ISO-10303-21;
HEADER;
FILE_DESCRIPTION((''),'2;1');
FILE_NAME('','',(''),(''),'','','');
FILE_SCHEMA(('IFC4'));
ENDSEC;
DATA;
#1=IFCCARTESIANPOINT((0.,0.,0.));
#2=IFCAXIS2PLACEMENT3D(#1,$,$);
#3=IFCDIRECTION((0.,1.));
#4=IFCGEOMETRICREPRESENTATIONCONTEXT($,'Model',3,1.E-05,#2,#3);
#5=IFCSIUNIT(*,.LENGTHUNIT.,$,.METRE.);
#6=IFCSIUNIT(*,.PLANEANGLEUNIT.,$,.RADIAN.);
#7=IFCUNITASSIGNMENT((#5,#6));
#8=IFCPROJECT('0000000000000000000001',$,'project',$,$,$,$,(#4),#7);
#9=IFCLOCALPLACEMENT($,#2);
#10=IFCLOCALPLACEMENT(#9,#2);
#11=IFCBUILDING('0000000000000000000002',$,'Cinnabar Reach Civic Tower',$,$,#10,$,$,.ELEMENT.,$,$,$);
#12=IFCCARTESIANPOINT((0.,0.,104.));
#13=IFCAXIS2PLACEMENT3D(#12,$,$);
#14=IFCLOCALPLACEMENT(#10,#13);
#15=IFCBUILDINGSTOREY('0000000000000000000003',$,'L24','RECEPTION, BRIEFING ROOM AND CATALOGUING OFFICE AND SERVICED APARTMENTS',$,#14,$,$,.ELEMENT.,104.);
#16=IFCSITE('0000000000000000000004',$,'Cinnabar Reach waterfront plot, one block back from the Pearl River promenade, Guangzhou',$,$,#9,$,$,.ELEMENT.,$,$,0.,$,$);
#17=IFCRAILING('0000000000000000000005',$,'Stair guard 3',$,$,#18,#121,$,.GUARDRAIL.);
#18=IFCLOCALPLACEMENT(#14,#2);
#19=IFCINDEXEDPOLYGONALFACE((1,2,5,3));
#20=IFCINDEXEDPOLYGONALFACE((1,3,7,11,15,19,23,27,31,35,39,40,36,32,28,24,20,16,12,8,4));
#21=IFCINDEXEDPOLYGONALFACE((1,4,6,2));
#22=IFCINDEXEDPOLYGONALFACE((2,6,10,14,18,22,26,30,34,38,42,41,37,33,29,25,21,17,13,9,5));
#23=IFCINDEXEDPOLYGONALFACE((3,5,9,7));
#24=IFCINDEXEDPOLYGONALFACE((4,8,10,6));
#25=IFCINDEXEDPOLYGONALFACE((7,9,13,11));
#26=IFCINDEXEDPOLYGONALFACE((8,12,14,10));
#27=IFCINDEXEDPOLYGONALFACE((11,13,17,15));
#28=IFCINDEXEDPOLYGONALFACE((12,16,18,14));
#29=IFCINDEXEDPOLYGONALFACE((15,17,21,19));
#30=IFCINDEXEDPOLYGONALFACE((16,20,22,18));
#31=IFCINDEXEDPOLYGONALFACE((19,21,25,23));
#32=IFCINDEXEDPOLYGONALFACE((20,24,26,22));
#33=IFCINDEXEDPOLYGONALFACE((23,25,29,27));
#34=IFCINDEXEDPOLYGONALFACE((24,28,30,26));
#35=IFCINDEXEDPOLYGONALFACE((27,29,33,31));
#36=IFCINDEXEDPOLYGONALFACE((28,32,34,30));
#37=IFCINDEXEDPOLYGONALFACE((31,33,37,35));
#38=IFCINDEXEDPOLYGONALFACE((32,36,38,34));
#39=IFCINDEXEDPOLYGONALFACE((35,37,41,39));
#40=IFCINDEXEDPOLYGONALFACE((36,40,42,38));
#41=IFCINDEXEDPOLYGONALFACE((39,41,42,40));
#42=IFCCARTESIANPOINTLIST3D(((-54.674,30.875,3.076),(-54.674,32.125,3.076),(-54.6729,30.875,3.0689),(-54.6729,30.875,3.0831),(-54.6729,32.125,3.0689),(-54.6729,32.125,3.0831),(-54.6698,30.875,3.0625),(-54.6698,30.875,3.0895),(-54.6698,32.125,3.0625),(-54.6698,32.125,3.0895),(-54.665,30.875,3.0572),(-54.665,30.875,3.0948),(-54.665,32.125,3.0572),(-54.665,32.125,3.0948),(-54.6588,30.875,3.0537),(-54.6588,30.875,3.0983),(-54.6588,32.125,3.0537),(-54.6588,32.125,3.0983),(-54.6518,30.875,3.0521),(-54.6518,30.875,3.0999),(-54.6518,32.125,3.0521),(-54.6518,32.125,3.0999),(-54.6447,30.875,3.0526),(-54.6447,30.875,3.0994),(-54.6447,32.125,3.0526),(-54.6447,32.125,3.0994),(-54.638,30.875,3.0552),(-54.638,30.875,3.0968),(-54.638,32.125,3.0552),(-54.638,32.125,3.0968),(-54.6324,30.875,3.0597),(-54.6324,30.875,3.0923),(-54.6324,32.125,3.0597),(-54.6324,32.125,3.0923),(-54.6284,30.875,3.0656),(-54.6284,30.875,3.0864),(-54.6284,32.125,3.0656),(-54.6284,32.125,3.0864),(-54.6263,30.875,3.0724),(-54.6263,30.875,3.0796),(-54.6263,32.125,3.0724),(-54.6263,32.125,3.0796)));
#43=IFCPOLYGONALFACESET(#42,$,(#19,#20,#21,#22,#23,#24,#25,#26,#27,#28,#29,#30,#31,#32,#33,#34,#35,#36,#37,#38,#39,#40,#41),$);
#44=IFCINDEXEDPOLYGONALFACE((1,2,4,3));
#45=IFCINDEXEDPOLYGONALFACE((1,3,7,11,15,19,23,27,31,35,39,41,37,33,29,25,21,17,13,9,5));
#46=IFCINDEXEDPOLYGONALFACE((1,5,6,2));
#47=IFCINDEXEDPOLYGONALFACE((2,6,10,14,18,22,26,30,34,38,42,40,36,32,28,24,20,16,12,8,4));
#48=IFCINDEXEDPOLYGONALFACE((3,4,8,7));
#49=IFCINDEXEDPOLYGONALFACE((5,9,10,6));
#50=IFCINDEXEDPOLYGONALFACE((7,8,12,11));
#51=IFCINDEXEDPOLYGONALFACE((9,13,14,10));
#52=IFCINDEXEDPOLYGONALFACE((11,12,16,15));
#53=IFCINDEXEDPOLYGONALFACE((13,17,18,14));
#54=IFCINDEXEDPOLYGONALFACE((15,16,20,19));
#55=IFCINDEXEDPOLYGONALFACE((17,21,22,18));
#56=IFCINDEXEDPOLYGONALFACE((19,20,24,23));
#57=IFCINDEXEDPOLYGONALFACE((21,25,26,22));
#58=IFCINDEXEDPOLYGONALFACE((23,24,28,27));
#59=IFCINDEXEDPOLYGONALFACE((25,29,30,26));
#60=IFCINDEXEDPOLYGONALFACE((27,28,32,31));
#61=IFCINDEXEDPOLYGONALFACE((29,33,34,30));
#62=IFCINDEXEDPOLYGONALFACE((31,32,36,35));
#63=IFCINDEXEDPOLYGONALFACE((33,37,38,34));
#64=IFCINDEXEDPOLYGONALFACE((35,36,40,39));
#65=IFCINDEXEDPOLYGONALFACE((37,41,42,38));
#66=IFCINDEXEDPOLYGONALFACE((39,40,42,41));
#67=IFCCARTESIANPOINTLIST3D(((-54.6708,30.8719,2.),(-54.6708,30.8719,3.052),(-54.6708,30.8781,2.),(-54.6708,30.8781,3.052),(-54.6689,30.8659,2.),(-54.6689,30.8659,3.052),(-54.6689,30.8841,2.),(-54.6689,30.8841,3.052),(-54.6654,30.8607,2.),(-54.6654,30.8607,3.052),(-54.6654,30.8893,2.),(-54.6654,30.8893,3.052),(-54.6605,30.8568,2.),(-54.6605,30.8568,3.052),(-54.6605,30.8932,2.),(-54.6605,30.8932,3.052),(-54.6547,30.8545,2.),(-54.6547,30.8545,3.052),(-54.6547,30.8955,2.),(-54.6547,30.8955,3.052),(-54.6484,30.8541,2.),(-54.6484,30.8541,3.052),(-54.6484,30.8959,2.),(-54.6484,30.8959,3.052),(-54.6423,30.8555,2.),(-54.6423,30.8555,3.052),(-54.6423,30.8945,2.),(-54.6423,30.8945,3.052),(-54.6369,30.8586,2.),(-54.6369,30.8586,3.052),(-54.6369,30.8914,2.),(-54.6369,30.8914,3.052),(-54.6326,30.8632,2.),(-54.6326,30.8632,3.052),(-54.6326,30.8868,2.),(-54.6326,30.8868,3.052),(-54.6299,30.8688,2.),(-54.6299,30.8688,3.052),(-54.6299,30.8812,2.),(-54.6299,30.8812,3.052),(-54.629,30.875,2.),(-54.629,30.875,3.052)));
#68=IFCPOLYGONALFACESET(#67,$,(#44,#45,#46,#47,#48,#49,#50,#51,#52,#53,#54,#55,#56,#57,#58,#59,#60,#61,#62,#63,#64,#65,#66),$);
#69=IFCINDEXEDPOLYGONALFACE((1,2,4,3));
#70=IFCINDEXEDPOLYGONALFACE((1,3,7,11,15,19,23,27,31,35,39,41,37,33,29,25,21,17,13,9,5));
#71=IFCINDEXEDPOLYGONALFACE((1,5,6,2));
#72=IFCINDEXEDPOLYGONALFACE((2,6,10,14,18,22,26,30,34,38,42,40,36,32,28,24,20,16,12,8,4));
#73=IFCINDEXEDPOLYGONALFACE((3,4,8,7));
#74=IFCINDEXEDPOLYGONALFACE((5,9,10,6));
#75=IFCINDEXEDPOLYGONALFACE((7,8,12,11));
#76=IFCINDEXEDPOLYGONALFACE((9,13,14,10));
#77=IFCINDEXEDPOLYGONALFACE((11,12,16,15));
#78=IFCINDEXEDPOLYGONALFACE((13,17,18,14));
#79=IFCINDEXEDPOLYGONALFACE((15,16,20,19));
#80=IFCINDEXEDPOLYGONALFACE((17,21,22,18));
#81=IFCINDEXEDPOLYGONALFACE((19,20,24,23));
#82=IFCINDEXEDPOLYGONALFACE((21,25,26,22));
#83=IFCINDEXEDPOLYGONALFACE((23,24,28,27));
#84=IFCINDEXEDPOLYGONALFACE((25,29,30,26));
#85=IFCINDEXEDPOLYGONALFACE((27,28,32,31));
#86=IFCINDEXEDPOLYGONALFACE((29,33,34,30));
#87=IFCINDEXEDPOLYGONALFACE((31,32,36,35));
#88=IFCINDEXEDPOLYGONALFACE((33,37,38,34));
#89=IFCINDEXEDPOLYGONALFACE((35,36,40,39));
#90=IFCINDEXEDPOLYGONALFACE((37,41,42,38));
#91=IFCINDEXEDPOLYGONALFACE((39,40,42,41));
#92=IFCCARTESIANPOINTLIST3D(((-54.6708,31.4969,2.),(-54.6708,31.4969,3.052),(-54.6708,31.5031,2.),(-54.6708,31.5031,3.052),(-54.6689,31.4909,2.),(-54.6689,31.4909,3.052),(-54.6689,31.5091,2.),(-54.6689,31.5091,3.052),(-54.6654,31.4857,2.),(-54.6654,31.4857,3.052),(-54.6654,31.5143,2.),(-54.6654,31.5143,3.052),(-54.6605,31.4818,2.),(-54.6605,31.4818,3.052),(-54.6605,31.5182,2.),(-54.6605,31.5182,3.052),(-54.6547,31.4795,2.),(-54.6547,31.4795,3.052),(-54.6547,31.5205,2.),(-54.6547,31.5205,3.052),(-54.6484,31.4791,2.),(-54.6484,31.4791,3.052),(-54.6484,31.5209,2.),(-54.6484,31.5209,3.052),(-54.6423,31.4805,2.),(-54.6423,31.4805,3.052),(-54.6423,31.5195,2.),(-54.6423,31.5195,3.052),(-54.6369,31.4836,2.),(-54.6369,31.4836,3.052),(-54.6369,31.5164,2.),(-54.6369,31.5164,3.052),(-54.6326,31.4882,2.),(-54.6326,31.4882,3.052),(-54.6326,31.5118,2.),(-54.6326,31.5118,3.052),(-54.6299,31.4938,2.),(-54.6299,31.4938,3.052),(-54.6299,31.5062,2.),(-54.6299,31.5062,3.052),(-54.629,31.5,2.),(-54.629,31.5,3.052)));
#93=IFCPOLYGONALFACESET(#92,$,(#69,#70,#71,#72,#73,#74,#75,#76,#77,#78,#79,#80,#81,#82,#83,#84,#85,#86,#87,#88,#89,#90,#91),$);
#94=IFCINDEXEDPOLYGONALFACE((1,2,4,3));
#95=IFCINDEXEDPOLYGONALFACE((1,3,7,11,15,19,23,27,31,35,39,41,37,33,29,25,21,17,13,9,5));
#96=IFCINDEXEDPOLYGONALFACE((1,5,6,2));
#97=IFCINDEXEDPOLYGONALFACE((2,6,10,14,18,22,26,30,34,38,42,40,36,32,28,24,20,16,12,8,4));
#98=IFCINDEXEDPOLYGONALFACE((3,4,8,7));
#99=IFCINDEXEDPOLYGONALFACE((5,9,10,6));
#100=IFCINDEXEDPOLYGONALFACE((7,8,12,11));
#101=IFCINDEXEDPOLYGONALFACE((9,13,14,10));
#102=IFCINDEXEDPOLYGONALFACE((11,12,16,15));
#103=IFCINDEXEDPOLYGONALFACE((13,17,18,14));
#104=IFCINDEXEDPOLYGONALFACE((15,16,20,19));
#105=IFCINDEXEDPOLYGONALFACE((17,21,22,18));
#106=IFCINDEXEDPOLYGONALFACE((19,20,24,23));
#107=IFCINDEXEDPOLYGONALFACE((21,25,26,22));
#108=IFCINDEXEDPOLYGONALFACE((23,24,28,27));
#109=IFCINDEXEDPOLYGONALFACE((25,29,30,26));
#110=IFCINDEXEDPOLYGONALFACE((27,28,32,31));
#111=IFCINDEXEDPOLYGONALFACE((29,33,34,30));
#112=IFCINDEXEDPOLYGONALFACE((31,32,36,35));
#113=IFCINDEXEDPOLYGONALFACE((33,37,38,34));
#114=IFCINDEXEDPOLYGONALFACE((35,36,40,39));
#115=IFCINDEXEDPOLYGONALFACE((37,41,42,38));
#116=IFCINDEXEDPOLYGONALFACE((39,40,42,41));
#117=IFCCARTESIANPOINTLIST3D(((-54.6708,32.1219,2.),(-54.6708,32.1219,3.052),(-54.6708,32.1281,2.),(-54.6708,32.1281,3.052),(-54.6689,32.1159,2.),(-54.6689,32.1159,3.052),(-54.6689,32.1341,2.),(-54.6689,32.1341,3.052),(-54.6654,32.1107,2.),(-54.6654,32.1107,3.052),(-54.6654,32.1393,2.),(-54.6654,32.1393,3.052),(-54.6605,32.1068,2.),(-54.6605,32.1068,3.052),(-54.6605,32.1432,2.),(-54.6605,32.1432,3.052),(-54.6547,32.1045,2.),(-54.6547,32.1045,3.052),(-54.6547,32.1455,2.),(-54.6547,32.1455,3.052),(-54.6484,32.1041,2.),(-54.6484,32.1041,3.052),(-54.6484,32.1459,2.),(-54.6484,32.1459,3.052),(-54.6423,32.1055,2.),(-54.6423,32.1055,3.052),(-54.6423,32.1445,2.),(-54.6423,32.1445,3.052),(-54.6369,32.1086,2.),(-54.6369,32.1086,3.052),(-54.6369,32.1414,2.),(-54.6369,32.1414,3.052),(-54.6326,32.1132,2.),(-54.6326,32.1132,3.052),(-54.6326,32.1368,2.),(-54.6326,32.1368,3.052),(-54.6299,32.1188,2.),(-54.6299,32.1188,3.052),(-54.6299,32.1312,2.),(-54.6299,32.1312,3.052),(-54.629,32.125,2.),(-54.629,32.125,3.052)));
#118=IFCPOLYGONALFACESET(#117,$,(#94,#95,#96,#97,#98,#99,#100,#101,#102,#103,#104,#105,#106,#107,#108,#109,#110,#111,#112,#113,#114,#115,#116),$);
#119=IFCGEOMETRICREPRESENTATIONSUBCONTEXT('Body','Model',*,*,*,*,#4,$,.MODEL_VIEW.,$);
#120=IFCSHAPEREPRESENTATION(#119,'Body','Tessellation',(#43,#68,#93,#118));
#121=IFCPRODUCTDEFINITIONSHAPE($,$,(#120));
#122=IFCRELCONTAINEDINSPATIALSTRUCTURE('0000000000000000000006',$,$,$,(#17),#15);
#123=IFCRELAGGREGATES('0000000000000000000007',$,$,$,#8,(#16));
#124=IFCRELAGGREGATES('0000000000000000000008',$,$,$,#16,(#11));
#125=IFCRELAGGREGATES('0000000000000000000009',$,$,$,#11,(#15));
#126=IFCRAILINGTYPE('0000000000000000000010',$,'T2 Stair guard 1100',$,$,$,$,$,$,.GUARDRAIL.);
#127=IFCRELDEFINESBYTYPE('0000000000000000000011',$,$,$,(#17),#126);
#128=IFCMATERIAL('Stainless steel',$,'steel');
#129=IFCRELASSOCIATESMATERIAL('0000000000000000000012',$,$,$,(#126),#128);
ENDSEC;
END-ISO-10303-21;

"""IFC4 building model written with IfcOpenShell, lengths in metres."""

from ifc_helpers import new_model, si_unit, direction, frame, origin, origin_2d, place, context, subcontext, project, spatial, circle, extrude, material, type_object, element, save


model = new_model("IFC4")

# Units and contexts
model_context = context("Model", 3, precision=1e-05, world=origin(), true_north=direction((0.0, 1.0)))
body_context = subcontext(model_context, "Body", "Model", "MODEL_VIEW")
ifc_project = project(units=[si_unit("LENGTHUNIT", "METRE"), si_unit("PLANEANGLEUNIT", "RADIAN")], contexts=[model_context])

# Site, building, storey
site_placement = place(None, origin())
site = spatial("IfcSite", under=ifc_project, at=site_placement, Name="Cinnabar Reach waterfront plot, one block back from the Pearl River promenade, Guangzhou", CompositionType="ELEMENT", RefElevation=0.0)
building_placement = place(site_placement, origin())
building = spatial("IfcBuilding", under=site, at=building_placement, Name="Cinnabar Reach Civic Tower", CompositionType="ELEMENT")
storey_placement = place(building_placement, frame((0.0, 0.0, 104.0)))
storey = spatial("IfcBuildingStorey", under=building, at=storey_placement, Name="L24", Description="RECEPTION, BRIEFING ROOM AND CATALOGUING OFFICE AND SERVICED APARTMENTS", CompositionType="ELEMENT", Elevation=104.0)

# Railing
ifc_material_1 = material(Name="Stainless steel", Category="steel")
railing_type = type_object("IfcRailingType", Name="T2 Stair guard 1100", PredefinedType="GUARDRAIL", material=ifc_material_1)
railing_1_placement = place(storey_placement, frame((-54.65, 30.875, 2.0)))
element("IfcRailing", 1, at=railing_1_placement, inside=storey, type_object=railing_type, Name="Stair guard 3", PredefinedType="GUARDRAIL", context=body_context, shape_type="SweptSolid", body=[
    extrude(circle(Radius=0.024, at=origin_2d()), frame((0.0, 0.0, 1.076), z_axis=(0.0, 1.0, 0.0), x_axis=(-1.0, 0.0, 0.0)), (0.0, 0.0, 1.0), 1.25),
    extrude(circle(Radius=0.021, at=origin_2d()), origin(), (0.0, 0.0, 1.0), 1.052),
    extrude(circle(Radius=0.021, at=origin_2d()), frame((0.0, 0.625, 0.0)), (0.0, 0.0, 1.0), 1.052),
    extrude(circle(Radius=0.021, at=origin_2d()), frame((0.0, 1.25, 0.0)), (0.0, 0.0, 1.0), 1.052),
])

save(model, "model.ifc")
